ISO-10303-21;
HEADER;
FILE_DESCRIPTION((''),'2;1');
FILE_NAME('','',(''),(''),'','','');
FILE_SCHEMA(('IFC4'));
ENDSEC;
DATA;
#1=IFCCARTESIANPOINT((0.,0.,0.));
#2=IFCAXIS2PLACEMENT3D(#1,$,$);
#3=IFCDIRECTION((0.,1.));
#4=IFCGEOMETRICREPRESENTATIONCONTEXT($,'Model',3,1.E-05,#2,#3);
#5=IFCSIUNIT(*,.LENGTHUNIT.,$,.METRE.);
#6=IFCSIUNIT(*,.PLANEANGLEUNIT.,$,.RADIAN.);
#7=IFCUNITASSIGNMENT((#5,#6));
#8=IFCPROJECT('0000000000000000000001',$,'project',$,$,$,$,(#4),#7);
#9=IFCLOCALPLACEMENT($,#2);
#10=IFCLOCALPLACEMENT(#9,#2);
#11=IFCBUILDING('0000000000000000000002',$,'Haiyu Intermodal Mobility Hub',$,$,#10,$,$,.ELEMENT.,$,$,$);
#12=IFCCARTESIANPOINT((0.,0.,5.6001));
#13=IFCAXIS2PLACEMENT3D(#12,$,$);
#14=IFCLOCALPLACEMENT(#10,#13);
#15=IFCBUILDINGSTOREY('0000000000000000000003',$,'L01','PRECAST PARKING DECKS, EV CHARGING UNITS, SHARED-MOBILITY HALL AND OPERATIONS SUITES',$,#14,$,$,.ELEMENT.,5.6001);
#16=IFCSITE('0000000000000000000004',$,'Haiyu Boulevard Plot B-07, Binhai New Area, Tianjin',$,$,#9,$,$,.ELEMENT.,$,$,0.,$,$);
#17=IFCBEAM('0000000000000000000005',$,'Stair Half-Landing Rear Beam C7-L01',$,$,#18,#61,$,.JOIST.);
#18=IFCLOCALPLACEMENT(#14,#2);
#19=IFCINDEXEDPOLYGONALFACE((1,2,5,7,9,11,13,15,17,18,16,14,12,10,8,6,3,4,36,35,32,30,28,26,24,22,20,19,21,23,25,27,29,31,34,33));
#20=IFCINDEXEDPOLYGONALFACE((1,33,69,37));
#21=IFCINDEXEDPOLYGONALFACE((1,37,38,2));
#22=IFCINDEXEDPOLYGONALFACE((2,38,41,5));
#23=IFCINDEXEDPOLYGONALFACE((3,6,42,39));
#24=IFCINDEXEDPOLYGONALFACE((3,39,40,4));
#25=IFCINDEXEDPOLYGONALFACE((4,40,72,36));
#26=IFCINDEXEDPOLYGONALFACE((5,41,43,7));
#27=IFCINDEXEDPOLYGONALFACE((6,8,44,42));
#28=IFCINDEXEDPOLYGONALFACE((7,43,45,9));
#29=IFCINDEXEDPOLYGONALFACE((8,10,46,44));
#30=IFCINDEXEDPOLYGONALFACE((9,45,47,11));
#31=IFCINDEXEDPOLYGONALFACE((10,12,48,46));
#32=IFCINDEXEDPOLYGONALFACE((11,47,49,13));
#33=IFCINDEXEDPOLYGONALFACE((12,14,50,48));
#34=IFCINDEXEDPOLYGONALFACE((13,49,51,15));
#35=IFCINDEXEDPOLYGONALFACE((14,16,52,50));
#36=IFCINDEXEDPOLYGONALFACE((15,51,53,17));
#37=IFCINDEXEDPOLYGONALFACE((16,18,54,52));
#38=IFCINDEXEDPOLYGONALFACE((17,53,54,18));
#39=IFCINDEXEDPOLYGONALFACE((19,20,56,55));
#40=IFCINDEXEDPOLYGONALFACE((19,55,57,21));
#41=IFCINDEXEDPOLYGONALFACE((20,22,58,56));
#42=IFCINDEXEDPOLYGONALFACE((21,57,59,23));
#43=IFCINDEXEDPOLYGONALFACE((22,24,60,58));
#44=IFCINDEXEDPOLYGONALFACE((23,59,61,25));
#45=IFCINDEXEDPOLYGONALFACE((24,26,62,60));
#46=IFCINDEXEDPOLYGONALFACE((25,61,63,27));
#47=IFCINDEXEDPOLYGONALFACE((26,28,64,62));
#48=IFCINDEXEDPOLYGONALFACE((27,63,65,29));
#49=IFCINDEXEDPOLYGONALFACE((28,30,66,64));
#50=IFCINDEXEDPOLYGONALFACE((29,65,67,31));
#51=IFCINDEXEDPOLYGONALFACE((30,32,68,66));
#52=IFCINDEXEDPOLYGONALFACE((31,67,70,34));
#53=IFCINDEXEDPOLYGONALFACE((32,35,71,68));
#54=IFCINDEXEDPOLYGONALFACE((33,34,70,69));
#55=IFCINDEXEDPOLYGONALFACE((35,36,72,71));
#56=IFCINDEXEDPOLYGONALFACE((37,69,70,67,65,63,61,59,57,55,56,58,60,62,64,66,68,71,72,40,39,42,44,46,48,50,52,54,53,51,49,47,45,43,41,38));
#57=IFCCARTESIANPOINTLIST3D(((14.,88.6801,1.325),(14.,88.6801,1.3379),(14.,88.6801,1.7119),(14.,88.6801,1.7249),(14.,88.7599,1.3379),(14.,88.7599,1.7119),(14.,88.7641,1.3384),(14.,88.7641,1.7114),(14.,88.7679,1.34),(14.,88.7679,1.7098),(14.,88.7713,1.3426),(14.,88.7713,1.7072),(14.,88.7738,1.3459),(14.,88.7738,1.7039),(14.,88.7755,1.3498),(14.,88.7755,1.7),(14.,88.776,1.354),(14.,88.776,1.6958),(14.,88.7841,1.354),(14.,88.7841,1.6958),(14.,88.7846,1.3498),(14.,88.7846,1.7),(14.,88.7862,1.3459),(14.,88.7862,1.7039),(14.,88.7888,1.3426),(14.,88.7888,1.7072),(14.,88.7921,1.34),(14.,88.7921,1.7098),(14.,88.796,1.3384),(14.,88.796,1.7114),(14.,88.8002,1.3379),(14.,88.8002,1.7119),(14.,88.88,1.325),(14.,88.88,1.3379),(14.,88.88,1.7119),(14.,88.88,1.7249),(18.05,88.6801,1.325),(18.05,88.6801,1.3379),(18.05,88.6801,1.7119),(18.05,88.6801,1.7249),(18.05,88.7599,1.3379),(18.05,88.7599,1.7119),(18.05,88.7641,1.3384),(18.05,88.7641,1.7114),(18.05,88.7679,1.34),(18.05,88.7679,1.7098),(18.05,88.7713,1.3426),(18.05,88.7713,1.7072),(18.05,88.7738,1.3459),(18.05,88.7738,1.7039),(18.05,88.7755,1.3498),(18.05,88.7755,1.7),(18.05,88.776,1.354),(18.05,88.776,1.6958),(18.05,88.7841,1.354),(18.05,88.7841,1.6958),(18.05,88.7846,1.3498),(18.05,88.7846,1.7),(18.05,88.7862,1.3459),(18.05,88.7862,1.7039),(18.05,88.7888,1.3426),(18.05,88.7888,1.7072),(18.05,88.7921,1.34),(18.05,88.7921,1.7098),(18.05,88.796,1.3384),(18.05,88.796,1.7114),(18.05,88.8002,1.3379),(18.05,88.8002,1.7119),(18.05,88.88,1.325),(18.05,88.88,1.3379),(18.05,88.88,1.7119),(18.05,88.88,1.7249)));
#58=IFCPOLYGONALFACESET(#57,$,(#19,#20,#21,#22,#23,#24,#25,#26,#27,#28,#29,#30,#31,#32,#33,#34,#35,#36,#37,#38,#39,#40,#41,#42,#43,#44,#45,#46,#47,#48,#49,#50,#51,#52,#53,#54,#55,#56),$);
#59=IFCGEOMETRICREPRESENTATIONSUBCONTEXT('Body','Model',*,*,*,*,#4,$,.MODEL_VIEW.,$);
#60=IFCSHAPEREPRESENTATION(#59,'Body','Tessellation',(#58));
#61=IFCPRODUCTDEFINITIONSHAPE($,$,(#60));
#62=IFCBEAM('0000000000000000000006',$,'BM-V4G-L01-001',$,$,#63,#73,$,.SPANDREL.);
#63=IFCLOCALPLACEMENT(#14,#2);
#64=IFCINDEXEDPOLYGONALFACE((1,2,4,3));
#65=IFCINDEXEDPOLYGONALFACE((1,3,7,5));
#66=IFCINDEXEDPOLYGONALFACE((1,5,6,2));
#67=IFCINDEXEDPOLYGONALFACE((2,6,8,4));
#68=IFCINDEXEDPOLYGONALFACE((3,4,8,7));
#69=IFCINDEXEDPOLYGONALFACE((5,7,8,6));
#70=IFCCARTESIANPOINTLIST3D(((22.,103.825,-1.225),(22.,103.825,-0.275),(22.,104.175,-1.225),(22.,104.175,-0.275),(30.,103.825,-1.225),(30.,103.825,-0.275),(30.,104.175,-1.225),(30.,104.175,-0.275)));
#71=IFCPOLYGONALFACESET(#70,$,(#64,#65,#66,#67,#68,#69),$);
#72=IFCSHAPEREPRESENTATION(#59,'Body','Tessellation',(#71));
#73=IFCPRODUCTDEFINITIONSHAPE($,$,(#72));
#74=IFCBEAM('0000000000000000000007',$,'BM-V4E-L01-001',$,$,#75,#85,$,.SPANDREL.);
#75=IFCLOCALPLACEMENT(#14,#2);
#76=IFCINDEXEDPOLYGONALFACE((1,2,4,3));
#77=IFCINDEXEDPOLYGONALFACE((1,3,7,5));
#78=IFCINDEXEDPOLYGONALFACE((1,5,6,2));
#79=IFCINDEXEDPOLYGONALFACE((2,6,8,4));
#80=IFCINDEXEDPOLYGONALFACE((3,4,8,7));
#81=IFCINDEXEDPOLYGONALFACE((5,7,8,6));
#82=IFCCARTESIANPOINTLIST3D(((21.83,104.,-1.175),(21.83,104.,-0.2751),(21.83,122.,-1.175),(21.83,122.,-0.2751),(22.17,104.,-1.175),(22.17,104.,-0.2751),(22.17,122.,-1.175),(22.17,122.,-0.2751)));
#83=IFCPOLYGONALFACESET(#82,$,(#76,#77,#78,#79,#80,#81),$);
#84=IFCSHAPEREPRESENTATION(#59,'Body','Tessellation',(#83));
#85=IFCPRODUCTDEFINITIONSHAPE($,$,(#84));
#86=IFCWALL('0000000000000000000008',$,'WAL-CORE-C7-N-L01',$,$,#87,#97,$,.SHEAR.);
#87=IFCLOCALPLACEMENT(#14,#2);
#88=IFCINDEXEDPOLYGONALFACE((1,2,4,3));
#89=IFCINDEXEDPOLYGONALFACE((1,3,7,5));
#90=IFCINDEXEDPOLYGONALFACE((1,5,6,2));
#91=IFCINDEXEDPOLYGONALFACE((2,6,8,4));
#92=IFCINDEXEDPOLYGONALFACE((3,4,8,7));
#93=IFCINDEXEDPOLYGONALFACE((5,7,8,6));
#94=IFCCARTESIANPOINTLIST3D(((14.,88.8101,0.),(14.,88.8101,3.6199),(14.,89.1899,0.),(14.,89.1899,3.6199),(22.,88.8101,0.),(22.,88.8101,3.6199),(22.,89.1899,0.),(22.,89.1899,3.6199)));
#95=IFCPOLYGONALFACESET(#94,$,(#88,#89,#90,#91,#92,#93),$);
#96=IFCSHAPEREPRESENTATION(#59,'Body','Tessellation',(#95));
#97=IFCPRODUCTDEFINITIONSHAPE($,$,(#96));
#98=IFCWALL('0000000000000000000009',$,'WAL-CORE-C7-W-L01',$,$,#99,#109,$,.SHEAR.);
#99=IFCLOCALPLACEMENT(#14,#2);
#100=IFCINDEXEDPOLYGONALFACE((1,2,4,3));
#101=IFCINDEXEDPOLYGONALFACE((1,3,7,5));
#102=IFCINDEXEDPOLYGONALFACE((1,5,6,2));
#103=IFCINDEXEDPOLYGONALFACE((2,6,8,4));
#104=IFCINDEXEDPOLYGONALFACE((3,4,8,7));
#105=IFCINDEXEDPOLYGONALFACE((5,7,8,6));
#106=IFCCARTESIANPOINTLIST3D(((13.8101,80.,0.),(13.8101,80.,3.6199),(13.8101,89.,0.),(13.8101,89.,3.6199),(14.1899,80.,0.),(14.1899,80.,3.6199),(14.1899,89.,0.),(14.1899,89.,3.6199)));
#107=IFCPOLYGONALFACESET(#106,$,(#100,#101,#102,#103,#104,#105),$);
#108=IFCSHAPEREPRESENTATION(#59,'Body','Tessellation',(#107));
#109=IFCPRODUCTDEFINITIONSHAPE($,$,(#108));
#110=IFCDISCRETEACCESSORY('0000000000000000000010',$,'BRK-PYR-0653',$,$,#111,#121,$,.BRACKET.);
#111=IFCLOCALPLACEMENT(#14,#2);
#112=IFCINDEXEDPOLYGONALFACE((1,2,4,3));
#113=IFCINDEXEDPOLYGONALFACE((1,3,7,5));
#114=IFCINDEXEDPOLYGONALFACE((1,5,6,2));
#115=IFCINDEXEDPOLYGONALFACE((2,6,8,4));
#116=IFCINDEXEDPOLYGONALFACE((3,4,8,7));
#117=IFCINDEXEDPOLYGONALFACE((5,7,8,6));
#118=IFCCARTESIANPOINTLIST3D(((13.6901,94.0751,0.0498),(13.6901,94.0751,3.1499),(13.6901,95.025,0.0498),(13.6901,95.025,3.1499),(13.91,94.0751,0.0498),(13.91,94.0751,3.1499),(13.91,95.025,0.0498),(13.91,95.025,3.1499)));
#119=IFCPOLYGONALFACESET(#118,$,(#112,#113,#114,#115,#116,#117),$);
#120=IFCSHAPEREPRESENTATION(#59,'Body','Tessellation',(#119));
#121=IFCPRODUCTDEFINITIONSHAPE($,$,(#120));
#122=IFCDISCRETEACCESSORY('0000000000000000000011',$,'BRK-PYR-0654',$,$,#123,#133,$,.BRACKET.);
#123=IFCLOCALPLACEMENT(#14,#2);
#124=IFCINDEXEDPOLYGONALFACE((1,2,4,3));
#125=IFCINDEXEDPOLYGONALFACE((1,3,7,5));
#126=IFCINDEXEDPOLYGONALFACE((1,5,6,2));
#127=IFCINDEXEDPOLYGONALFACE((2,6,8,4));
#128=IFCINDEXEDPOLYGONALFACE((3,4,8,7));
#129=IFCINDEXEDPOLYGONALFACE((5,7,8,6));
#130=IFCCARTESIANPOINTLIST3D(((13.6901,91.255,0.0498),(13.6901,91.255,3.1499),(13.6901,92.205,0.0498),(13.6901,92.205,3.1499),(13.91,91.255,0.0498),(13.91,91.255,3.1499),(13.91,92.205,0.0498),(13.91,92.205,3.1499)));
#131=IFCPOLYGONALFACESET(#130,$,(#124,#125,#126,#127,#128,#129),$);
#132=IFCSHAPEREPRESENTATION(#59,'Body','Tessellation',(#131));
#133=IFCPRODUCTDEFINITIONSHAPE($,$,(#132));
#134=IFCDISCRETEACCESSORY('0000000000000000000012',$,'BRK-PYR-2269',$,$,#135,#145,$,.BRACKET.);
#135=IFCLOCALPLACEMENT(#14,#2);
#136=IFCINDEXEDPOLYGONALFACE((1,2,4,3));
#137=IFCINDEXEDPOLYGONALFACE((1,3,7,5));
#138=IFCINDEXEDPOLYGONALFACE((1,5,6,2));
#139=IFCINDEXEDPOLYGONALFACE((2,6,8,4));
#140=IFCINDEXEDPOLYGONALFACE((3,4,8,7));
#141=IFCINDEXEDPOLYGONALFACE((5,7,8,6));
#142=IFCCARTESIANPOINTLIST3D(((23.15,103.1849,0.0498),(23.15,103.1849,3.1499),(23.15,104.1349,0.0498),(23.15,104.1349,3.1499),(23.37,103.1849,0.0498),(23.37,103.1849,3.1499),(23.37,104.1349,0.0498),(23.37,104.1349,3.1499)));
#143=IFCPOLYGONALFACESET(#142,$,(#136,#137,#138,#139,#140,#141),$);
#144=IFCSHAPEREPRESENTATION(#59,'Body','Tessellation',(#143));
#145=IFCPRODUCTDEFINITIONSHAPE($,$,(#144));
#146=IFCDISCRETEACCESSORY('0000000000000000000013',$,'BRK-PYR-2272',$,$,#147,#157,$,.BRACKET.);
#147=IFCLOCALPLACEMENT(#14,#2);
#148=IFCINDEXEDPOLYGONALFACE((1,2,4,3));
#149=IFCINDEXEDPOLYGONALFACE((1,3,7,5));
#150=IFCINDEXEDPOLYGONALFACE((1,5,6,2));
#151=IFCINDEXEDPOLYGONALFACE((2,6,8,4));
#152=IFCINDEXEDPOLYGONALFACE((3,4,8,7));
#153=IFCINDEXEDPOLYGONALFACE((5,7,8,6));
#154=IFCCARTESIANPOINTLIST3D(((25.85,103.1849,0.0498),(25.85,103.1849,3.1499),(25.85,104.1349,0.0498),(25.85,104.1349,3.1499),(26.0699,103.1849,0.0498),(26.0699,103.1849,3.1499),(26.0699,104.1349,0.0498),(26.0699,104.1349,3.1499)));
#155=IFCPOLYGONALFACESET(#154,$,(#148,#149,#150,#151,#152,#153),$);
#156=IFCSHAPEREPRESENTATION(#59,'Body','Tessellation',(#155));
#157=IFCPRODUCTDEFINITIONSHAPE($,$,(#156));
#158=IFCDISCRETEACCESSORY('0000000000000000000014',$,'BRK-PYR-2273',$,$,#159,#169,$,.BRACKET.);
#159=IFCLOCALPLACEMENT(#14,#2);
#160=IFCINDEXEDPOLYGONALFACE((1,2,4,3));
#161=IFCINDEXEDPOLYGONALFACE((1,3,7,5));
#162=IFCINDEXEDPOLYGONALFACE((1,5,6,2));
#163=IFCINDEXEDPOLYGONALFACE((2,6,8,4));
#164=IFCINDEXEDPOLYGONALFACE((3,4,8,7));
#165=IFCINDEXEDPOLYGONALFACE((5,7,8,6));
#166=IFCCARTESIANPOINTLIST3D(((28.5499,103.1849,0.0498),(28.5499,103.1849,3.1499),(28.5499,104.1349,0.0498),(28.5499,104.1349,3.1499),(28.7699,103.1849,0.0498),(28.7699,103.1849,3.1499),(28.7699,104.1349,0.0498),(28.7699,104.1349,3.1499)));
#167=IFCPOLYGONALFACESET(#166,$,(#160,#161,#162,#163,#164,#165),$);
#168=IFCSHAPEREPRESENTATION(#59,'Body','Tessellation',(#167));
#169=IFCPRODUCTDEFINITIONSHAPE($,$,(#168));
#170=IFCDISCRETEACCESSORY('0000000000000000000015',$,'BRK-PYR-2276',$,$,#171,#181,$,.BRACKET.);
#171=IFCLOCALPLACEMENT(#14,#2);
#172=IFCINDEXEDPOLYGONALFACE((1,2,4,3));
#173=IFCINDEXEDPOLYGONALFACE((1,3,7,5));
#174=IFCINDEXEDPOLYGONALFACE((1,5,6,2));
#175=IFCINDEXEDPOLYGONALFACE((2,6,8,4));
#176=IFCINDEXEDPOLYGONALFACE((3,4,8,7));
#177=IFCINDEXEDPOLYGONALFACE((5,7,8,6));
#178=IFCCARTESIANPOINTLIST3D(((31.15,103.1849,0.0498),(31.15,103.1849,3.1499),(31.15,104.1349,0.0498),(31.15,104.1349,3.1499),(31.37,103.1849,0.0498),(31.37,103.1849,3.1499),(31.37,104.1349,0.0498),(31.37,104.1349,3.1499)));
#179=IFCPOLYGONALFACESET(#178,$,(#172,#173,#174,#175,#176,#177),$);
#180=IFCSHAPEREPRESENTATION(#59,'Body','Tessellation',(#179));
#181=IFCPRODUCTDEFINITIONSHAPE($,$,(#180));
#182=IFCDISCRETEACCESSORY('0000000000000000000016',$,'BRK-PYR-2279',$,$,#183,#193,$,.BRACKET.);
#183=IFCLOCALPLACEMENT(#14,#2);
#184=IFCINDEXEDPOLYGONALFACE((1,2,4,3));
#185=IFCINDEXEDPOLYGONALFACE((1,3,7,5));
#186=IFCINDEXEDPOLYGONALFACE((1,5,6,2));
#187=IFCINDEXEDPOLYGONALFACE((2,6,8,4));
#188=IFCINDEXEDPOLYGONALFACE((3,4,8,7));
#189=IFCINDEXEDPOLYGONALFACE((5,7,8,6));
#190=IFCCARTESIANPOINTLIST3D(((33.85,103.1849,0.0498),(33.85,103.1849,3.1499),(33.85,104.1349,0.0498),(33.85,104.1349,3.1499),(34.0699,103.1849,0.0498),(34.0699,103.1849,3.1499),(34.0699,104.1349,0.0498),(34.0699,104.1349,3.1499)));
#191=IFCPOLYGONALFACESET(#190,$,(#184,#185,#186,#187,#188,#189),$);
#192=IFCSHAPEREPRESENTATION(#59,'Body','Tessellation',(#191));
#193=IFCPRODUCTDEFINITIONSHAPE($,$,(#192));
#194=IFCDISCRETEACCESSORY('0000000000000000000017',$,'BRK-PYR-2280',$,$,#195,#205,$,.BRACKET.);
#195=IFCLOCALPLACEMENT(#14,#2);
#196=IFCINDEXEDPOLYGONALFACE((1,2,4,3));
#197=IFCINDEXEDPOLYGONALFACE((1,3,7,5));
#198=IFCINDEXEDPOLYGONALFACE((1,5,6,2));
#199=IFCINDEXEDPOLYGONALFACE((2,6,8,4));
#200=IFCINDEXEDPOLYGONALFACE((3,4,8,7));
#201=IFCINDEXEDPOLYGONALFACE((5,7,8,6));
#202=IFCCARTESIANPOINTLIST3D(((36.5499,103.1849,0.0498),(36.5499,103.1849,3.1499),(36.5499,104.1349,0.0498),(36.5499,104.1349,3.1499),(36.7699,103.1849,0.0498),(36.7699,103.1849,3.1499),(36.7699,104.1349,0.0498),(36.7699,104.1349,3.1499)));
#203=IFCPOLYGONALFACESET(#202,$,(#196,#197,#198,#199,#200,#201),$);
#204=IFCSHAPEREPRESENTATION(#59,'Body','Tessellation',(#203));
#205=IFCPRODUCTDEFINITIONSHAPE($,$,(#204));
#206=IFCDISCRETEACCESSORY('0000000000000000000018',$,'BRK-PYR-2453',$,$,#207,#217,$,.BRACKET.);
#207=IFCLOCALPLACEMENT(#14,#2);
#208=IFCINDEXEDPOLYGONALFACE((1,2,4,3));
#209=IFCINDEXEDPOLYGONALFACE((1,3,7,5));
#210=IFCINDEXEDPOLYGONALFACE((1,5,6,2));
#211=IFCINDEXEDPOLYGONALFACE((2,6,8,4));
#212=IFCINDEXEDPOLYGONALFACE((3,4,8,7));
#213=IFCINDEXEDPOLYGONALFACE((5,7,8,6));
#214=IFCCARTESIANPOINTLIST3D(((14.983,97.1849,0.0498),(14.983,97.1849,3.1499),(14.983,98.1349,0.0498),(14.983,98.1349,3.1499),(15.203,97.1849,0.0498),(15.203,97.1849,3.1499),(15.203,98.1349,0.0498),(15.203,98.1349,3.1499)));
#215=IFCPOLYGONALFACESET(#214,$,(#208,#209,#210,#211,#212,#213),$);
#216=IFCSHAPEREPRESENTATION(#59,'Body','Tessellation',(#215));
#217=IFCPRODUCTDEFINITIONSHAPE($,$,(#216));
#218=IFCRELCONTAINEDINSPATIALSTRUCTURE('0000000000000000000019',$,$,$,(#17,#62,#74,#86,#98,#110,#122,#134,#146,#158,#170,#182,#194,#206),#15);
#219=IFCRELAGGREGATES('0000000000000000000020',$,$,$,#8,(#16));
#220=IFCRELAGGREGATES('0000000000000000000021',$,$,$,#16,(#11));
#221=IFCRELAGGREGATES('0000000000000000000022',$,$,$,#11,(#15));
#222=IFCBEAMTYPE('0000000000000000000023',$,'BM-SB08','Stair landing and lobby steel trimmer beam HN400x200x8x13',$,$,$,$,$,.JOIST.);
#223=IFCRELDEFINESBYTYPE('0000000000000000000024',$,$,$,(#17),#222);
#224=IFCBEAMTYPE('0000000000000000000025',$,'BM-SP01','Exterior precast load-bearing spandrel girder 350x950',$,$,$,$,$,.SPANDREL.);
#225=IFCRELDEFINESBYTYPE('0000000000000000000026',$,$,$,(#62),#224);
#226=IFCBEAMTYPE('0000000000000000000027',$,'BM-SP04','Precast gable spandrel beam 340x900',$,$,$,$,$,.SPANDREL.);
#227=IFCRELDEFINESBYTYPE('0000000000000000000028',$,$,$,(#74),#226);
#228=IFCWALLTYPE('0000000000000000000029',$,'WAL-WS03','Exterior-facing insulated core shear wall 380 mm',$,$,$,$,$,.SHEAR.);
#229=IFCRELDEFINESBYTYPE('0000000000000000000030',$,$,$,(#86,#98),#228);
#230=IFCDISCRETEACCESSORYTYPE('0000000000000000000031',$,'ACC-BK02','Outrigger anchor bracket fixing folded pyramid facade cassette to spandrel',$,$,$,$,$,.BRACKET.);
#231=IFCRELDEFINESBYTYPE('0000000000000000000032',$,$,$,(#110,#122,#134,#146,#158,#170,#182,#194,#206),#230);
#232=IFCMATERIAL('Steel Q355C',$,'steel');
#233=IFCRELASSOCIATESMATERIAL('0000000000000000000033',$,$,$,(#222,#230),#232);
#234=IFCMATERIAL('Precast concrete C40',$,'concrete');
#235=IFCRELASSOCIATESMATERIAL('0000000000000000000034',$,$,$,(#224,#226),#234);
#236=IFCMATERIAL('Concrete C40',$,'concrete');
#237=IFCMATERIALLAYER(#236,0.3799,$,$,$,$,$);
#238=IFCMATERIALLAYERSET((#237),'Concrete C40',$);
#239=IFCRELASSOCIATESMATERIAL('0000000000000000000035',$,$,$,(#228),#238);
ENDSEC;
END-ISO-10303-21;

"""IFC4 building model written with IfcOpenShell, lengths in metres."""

from ifc_helpers import new_model, si_unit, direction, frame, frame_2d, origin, origin_2d, place, context, subcontext, project, spatial, rectangle, i_section, extrude, material, layer, layer_set, material_profile, profile_set, type_object, element, save


model = new_model("IFC4")

# Units and contexts
model_context = context("Model", 3, precision=1e-05, world=origin(), true_north=direction((0.0, 1.0)))
body_context = subcontext(model_context, "Body", "Model", "MODEL_VIEW")
ifc_project = project(units=[si_unit("LENGTHUNIT", "METRE"), si_unit("PLANEANGLEUNIT", "RADIAN")], contexts=[model_context])

# Site, building, storey
site_placement = place(None, origin())
site = spatial("IfcSite", under=ifc_project, at=site_placement, Name="Haiyu Boulevard Plot B-07, Binhai New Area, Tianjin", CompositionType="ELEMENT", RefElevation=0.0)
building_placement = place(site_placement, origin())
building = spatial("IfcBuilding", under=site, at=building_placement, Name="Haiyu Intermodal Mobility Hub", CompositionType="ELEMENT")
storey_placement = place(building_placement, frame((0.0, 0.0, 5.6001)))
storey = spatial("IfcBuildingStorey", under=building, at=storey_placement, Name="L01", Description="PRECAST PARKING DECKS, EV CHARGING UNITS, SHARED-MOBILITY HALL AND OPERATIONS SUITES", CompositionType="ELEMENT", Elevation=5.6001)

# Shared definitions
ifc_material_1 = material(Name="Precast concrete C40", Category="concrete")

# Beams
ifc_material_2 = material(Name="Concrete C40", Category="concrete")
ifc_material_3 = material(Name="Steel Q355C", Category="steel")
ifc_material_profile_1 = material_profile(ifc_material_3, i_section(OverallWidth=0.2, OverallDepth=0.3999, WebThickness=0.0081, FlangeThickness=0.0129, FilletRadius=0.0161, at=origin_2d()), Name="HN400x200x8x13")
ifc_profile_set_1 = profile_set([ifc_material_profile_1], Name="Steel Q355C")
beam_type_1 = type_object("IfcBeamType", Name="BM-SB08", Description="Stair landing and lobby steel trimmer beam HN400x200x8x13", PredefinedType="JOIST", material=ifc_profile_set_1)
beam_1_placement = place(storey_placement, frame((14.0, 88.78, 1.5249), z_axis=(1.0, 0.0, 0.0), x_axis=(0.0, 1.0, 0.0)))
element("IfcBeam", 1, at=beam_1_placement, inside=storey, type_object=beam_type_1, Name="Stair Half-Landing Rear Beam C7-L01", PredefinedType="JOIST", context=body_context, shape_type="SweptSolid", body=[
    extrude(i_section(OverallWidth=0.2, OverallDepth=0.3999, WebThickness=0.0081, FlangeThickness=0.0129, FilletRadius=0.0161, at=origin_2d()), origin(), (0.0, 0.0, 1.0), 4.05),
])
ifc_material_profile_2 = material_profile(ifc_material_1, rectangle(XDim=0.3501, YDim=0.95, at=origin_2d()), Name="PC350x950")
ifc_profile_set_2 = profile_set([ifc_material_profile_2], Name="Precast concrete C40")
beam_type_2 = type_object("IfcBeamType", Name="BM-SP01", Description="Exterior precast load-bearing spandrel girder 350x950", PredefinedType="SPANDREL", material=ifc_profile_set_2)
beam_2_placement = place(storey_placement, frame((22.0, 104.0, -0.75), z_axis=(1.0, 0.0, 0.0), x_axis=(0.0, 1.0, 0.0)))
element("IfcBeam", 2, at=beam_2_placement, inside=storey, type_object=beam_type_2, Name="BM-V4G-L01-001", PredefinedType="SPANDREL", context=body_context, shape_type="SweptSolid", body=[
    extrude(rectangle(XDim=0.3501, YDim=0.95, at=origin_2d()), origin(), (0.0, 0.0, 1.0), 8.0),
])
ifc_material_profile_3 = material_profile(ifc_material_1, rectangle(XDim=0.3401, YDim=0.8999, at=origin_2d()), Name="B340x900")
ifc_profile_set_3 = profile_set([ifc_material_profile_3], Name="Precast concrete C40")
beam_type_3 = type_object("IfcBeamType", Name="BM-SP04", Description="Precast gable spandrel beam 340x900", PredefinedType="SPANDREL", material=ifc_profile_set_3)
beam_3_placement = place(storey_placement, frame((22.0, 104.0, -0.7251), z_axis=(0.0, 1.0, 0.0), x_axis=(-1.0, 0.0, 0.0)))
element("IfcBeam", 3, at=beam_3_placement, inside=storey, type_object=beam_type_3, Name="BM-V4E-L01-001", PredefinedType="SPANDREL", context=body_context, shape_type="SweptSolid", body=[
    extrude(rectangle(XDim=0.3401, YDim=0.8999, at=origin_2d()), origin(), (0.0, 0.0, 1.0), 18.0),
])

# Walls
ifc_layer = layer(ifc_material_2, 0.3799)
ifc_layer_set = layer_set([ifc_layer], Name="Concrete C40")
wall_type = type_object("IfcWallType", Name="WAL-WS03", Description="Exterior-facing insulated core shear wall 380 mm", PredefinedType="SHEAR", material=ifc_layer_set)
wall_1_placement = place(storey_placement, frame((22.0, 89.0, 0.0), z_axis=(0.0, 0.0, 1.0), x_axis=(-1.0, 0.0, 0.0)))
element("IfcWall", 4, at=wall_1_placement, inside=storey, type_object=wall_type, Name="WAL-CORE-C7-N-L01", PredefinedType="SHEAR", context=body_context, shape_type="SweptSolid", body=[
    extrude(rectangle(XDim=8.0, YDim=0.3799, at=frame_2d((4.0, 0.0))), origin(), (0.0, 0.0, 1.0), 3.6199),
])
wall_2_placement = place(storey_placement, frame((14.0, 89.0, 0.0), z_axis=(0.0, 0.0, 1.0), x_axis=(0.0, -1.0, 0.0)))
element("IfcWall", 5, at=wall_2_placement, inside=storey, type_object=wall_type, Name="WAL-CORE-C7-W-L01", PredefinedType="SHEAR", context=body_context, shape_type="SweptSolid", body=[
    extrude(rectangle(XDim=9.0, YDim=0.3799, at=frame_2d((4.5, 0.0))), origin(), (0.0, 0.0, 1.0), 3.6199),
])

# Discrete accessories
discrete_accessory_type = type_object("IfcDiscreteAccessoryType", Name="ACC-BK02", Description="Outrigger anchor bracket fixing folded pyramid facade cassette to spandrel", PredefinedType="BRACKET", material=ifc_material_3)
for number, where, z_axis, x_axis, name in (
    (6, (13.8, 94.55, 0.0498), (0.0, 0.0, 1.0), (1.0, 0.0, 0.0), "BRK-PYR-0653"),
    (7, (13.8, 91.73, 0.0498), (0.0, 0.0, 1.0), (1.0, 0.0, 0.0), "BRK-PYR-0654"),
    (8, (23.26, 103.6599, 0.0498), (0.0, 0.0, 1.0), (1.0, 0.0, 0.0), "BRK-PYR-2269"),
    (9, (25.96, 103.6599, 0.0498), (0.0, 0.0, 1.0), (1.0, 0.0, 0.0), "BRK-PYR-2272"),
    (10, (28.6599, 103.6599, 0.0498), (0.0, 0.0, 1.0), (1.0, 0.0, 0.0), "BRK-PYR-2273"),
    (11, (31.26, 103.6599, 0.0498), (0.0, 0.0, 1.0), (1.0, 0.0, 0.0), "BRK-PYR-2276"),
    (12, (33.96, 103.6599, 0.0498), (0.0, 0.0, 1.0), (1.0, 0.0, 0.0), "BRK-PYR-2279"),
    (13, (36.6599, 103.6599, 0.0498), (0.0, 0.0, 1.0), (1.0, 0.0, 0.0), "BRK-PYR-2280"),
    (14, (15.093, 97.6599, 0.0498), (0.0, 0.0, 1.0), (1.0, 0.0, 0.0), "BRK-PYR-2453"),
):
    element("IfcDiscreteAccessory", number, at=place(storey_placement, frame(where, z_axis=z_axis, x_axis=x_axis)), inside=storey, type_object=discrete_accessory_type, Name=name, PredefinedType="BRACKET", context=body_context, shape_type="SweptSolid", body=[
        extrude(rectangle(XDim=0.22, YDim=0.95, at=origin_2d()), origin(), (0.0, 0.0, 1.0), 3.1001),
    ])

save(model, "model.ifc")
